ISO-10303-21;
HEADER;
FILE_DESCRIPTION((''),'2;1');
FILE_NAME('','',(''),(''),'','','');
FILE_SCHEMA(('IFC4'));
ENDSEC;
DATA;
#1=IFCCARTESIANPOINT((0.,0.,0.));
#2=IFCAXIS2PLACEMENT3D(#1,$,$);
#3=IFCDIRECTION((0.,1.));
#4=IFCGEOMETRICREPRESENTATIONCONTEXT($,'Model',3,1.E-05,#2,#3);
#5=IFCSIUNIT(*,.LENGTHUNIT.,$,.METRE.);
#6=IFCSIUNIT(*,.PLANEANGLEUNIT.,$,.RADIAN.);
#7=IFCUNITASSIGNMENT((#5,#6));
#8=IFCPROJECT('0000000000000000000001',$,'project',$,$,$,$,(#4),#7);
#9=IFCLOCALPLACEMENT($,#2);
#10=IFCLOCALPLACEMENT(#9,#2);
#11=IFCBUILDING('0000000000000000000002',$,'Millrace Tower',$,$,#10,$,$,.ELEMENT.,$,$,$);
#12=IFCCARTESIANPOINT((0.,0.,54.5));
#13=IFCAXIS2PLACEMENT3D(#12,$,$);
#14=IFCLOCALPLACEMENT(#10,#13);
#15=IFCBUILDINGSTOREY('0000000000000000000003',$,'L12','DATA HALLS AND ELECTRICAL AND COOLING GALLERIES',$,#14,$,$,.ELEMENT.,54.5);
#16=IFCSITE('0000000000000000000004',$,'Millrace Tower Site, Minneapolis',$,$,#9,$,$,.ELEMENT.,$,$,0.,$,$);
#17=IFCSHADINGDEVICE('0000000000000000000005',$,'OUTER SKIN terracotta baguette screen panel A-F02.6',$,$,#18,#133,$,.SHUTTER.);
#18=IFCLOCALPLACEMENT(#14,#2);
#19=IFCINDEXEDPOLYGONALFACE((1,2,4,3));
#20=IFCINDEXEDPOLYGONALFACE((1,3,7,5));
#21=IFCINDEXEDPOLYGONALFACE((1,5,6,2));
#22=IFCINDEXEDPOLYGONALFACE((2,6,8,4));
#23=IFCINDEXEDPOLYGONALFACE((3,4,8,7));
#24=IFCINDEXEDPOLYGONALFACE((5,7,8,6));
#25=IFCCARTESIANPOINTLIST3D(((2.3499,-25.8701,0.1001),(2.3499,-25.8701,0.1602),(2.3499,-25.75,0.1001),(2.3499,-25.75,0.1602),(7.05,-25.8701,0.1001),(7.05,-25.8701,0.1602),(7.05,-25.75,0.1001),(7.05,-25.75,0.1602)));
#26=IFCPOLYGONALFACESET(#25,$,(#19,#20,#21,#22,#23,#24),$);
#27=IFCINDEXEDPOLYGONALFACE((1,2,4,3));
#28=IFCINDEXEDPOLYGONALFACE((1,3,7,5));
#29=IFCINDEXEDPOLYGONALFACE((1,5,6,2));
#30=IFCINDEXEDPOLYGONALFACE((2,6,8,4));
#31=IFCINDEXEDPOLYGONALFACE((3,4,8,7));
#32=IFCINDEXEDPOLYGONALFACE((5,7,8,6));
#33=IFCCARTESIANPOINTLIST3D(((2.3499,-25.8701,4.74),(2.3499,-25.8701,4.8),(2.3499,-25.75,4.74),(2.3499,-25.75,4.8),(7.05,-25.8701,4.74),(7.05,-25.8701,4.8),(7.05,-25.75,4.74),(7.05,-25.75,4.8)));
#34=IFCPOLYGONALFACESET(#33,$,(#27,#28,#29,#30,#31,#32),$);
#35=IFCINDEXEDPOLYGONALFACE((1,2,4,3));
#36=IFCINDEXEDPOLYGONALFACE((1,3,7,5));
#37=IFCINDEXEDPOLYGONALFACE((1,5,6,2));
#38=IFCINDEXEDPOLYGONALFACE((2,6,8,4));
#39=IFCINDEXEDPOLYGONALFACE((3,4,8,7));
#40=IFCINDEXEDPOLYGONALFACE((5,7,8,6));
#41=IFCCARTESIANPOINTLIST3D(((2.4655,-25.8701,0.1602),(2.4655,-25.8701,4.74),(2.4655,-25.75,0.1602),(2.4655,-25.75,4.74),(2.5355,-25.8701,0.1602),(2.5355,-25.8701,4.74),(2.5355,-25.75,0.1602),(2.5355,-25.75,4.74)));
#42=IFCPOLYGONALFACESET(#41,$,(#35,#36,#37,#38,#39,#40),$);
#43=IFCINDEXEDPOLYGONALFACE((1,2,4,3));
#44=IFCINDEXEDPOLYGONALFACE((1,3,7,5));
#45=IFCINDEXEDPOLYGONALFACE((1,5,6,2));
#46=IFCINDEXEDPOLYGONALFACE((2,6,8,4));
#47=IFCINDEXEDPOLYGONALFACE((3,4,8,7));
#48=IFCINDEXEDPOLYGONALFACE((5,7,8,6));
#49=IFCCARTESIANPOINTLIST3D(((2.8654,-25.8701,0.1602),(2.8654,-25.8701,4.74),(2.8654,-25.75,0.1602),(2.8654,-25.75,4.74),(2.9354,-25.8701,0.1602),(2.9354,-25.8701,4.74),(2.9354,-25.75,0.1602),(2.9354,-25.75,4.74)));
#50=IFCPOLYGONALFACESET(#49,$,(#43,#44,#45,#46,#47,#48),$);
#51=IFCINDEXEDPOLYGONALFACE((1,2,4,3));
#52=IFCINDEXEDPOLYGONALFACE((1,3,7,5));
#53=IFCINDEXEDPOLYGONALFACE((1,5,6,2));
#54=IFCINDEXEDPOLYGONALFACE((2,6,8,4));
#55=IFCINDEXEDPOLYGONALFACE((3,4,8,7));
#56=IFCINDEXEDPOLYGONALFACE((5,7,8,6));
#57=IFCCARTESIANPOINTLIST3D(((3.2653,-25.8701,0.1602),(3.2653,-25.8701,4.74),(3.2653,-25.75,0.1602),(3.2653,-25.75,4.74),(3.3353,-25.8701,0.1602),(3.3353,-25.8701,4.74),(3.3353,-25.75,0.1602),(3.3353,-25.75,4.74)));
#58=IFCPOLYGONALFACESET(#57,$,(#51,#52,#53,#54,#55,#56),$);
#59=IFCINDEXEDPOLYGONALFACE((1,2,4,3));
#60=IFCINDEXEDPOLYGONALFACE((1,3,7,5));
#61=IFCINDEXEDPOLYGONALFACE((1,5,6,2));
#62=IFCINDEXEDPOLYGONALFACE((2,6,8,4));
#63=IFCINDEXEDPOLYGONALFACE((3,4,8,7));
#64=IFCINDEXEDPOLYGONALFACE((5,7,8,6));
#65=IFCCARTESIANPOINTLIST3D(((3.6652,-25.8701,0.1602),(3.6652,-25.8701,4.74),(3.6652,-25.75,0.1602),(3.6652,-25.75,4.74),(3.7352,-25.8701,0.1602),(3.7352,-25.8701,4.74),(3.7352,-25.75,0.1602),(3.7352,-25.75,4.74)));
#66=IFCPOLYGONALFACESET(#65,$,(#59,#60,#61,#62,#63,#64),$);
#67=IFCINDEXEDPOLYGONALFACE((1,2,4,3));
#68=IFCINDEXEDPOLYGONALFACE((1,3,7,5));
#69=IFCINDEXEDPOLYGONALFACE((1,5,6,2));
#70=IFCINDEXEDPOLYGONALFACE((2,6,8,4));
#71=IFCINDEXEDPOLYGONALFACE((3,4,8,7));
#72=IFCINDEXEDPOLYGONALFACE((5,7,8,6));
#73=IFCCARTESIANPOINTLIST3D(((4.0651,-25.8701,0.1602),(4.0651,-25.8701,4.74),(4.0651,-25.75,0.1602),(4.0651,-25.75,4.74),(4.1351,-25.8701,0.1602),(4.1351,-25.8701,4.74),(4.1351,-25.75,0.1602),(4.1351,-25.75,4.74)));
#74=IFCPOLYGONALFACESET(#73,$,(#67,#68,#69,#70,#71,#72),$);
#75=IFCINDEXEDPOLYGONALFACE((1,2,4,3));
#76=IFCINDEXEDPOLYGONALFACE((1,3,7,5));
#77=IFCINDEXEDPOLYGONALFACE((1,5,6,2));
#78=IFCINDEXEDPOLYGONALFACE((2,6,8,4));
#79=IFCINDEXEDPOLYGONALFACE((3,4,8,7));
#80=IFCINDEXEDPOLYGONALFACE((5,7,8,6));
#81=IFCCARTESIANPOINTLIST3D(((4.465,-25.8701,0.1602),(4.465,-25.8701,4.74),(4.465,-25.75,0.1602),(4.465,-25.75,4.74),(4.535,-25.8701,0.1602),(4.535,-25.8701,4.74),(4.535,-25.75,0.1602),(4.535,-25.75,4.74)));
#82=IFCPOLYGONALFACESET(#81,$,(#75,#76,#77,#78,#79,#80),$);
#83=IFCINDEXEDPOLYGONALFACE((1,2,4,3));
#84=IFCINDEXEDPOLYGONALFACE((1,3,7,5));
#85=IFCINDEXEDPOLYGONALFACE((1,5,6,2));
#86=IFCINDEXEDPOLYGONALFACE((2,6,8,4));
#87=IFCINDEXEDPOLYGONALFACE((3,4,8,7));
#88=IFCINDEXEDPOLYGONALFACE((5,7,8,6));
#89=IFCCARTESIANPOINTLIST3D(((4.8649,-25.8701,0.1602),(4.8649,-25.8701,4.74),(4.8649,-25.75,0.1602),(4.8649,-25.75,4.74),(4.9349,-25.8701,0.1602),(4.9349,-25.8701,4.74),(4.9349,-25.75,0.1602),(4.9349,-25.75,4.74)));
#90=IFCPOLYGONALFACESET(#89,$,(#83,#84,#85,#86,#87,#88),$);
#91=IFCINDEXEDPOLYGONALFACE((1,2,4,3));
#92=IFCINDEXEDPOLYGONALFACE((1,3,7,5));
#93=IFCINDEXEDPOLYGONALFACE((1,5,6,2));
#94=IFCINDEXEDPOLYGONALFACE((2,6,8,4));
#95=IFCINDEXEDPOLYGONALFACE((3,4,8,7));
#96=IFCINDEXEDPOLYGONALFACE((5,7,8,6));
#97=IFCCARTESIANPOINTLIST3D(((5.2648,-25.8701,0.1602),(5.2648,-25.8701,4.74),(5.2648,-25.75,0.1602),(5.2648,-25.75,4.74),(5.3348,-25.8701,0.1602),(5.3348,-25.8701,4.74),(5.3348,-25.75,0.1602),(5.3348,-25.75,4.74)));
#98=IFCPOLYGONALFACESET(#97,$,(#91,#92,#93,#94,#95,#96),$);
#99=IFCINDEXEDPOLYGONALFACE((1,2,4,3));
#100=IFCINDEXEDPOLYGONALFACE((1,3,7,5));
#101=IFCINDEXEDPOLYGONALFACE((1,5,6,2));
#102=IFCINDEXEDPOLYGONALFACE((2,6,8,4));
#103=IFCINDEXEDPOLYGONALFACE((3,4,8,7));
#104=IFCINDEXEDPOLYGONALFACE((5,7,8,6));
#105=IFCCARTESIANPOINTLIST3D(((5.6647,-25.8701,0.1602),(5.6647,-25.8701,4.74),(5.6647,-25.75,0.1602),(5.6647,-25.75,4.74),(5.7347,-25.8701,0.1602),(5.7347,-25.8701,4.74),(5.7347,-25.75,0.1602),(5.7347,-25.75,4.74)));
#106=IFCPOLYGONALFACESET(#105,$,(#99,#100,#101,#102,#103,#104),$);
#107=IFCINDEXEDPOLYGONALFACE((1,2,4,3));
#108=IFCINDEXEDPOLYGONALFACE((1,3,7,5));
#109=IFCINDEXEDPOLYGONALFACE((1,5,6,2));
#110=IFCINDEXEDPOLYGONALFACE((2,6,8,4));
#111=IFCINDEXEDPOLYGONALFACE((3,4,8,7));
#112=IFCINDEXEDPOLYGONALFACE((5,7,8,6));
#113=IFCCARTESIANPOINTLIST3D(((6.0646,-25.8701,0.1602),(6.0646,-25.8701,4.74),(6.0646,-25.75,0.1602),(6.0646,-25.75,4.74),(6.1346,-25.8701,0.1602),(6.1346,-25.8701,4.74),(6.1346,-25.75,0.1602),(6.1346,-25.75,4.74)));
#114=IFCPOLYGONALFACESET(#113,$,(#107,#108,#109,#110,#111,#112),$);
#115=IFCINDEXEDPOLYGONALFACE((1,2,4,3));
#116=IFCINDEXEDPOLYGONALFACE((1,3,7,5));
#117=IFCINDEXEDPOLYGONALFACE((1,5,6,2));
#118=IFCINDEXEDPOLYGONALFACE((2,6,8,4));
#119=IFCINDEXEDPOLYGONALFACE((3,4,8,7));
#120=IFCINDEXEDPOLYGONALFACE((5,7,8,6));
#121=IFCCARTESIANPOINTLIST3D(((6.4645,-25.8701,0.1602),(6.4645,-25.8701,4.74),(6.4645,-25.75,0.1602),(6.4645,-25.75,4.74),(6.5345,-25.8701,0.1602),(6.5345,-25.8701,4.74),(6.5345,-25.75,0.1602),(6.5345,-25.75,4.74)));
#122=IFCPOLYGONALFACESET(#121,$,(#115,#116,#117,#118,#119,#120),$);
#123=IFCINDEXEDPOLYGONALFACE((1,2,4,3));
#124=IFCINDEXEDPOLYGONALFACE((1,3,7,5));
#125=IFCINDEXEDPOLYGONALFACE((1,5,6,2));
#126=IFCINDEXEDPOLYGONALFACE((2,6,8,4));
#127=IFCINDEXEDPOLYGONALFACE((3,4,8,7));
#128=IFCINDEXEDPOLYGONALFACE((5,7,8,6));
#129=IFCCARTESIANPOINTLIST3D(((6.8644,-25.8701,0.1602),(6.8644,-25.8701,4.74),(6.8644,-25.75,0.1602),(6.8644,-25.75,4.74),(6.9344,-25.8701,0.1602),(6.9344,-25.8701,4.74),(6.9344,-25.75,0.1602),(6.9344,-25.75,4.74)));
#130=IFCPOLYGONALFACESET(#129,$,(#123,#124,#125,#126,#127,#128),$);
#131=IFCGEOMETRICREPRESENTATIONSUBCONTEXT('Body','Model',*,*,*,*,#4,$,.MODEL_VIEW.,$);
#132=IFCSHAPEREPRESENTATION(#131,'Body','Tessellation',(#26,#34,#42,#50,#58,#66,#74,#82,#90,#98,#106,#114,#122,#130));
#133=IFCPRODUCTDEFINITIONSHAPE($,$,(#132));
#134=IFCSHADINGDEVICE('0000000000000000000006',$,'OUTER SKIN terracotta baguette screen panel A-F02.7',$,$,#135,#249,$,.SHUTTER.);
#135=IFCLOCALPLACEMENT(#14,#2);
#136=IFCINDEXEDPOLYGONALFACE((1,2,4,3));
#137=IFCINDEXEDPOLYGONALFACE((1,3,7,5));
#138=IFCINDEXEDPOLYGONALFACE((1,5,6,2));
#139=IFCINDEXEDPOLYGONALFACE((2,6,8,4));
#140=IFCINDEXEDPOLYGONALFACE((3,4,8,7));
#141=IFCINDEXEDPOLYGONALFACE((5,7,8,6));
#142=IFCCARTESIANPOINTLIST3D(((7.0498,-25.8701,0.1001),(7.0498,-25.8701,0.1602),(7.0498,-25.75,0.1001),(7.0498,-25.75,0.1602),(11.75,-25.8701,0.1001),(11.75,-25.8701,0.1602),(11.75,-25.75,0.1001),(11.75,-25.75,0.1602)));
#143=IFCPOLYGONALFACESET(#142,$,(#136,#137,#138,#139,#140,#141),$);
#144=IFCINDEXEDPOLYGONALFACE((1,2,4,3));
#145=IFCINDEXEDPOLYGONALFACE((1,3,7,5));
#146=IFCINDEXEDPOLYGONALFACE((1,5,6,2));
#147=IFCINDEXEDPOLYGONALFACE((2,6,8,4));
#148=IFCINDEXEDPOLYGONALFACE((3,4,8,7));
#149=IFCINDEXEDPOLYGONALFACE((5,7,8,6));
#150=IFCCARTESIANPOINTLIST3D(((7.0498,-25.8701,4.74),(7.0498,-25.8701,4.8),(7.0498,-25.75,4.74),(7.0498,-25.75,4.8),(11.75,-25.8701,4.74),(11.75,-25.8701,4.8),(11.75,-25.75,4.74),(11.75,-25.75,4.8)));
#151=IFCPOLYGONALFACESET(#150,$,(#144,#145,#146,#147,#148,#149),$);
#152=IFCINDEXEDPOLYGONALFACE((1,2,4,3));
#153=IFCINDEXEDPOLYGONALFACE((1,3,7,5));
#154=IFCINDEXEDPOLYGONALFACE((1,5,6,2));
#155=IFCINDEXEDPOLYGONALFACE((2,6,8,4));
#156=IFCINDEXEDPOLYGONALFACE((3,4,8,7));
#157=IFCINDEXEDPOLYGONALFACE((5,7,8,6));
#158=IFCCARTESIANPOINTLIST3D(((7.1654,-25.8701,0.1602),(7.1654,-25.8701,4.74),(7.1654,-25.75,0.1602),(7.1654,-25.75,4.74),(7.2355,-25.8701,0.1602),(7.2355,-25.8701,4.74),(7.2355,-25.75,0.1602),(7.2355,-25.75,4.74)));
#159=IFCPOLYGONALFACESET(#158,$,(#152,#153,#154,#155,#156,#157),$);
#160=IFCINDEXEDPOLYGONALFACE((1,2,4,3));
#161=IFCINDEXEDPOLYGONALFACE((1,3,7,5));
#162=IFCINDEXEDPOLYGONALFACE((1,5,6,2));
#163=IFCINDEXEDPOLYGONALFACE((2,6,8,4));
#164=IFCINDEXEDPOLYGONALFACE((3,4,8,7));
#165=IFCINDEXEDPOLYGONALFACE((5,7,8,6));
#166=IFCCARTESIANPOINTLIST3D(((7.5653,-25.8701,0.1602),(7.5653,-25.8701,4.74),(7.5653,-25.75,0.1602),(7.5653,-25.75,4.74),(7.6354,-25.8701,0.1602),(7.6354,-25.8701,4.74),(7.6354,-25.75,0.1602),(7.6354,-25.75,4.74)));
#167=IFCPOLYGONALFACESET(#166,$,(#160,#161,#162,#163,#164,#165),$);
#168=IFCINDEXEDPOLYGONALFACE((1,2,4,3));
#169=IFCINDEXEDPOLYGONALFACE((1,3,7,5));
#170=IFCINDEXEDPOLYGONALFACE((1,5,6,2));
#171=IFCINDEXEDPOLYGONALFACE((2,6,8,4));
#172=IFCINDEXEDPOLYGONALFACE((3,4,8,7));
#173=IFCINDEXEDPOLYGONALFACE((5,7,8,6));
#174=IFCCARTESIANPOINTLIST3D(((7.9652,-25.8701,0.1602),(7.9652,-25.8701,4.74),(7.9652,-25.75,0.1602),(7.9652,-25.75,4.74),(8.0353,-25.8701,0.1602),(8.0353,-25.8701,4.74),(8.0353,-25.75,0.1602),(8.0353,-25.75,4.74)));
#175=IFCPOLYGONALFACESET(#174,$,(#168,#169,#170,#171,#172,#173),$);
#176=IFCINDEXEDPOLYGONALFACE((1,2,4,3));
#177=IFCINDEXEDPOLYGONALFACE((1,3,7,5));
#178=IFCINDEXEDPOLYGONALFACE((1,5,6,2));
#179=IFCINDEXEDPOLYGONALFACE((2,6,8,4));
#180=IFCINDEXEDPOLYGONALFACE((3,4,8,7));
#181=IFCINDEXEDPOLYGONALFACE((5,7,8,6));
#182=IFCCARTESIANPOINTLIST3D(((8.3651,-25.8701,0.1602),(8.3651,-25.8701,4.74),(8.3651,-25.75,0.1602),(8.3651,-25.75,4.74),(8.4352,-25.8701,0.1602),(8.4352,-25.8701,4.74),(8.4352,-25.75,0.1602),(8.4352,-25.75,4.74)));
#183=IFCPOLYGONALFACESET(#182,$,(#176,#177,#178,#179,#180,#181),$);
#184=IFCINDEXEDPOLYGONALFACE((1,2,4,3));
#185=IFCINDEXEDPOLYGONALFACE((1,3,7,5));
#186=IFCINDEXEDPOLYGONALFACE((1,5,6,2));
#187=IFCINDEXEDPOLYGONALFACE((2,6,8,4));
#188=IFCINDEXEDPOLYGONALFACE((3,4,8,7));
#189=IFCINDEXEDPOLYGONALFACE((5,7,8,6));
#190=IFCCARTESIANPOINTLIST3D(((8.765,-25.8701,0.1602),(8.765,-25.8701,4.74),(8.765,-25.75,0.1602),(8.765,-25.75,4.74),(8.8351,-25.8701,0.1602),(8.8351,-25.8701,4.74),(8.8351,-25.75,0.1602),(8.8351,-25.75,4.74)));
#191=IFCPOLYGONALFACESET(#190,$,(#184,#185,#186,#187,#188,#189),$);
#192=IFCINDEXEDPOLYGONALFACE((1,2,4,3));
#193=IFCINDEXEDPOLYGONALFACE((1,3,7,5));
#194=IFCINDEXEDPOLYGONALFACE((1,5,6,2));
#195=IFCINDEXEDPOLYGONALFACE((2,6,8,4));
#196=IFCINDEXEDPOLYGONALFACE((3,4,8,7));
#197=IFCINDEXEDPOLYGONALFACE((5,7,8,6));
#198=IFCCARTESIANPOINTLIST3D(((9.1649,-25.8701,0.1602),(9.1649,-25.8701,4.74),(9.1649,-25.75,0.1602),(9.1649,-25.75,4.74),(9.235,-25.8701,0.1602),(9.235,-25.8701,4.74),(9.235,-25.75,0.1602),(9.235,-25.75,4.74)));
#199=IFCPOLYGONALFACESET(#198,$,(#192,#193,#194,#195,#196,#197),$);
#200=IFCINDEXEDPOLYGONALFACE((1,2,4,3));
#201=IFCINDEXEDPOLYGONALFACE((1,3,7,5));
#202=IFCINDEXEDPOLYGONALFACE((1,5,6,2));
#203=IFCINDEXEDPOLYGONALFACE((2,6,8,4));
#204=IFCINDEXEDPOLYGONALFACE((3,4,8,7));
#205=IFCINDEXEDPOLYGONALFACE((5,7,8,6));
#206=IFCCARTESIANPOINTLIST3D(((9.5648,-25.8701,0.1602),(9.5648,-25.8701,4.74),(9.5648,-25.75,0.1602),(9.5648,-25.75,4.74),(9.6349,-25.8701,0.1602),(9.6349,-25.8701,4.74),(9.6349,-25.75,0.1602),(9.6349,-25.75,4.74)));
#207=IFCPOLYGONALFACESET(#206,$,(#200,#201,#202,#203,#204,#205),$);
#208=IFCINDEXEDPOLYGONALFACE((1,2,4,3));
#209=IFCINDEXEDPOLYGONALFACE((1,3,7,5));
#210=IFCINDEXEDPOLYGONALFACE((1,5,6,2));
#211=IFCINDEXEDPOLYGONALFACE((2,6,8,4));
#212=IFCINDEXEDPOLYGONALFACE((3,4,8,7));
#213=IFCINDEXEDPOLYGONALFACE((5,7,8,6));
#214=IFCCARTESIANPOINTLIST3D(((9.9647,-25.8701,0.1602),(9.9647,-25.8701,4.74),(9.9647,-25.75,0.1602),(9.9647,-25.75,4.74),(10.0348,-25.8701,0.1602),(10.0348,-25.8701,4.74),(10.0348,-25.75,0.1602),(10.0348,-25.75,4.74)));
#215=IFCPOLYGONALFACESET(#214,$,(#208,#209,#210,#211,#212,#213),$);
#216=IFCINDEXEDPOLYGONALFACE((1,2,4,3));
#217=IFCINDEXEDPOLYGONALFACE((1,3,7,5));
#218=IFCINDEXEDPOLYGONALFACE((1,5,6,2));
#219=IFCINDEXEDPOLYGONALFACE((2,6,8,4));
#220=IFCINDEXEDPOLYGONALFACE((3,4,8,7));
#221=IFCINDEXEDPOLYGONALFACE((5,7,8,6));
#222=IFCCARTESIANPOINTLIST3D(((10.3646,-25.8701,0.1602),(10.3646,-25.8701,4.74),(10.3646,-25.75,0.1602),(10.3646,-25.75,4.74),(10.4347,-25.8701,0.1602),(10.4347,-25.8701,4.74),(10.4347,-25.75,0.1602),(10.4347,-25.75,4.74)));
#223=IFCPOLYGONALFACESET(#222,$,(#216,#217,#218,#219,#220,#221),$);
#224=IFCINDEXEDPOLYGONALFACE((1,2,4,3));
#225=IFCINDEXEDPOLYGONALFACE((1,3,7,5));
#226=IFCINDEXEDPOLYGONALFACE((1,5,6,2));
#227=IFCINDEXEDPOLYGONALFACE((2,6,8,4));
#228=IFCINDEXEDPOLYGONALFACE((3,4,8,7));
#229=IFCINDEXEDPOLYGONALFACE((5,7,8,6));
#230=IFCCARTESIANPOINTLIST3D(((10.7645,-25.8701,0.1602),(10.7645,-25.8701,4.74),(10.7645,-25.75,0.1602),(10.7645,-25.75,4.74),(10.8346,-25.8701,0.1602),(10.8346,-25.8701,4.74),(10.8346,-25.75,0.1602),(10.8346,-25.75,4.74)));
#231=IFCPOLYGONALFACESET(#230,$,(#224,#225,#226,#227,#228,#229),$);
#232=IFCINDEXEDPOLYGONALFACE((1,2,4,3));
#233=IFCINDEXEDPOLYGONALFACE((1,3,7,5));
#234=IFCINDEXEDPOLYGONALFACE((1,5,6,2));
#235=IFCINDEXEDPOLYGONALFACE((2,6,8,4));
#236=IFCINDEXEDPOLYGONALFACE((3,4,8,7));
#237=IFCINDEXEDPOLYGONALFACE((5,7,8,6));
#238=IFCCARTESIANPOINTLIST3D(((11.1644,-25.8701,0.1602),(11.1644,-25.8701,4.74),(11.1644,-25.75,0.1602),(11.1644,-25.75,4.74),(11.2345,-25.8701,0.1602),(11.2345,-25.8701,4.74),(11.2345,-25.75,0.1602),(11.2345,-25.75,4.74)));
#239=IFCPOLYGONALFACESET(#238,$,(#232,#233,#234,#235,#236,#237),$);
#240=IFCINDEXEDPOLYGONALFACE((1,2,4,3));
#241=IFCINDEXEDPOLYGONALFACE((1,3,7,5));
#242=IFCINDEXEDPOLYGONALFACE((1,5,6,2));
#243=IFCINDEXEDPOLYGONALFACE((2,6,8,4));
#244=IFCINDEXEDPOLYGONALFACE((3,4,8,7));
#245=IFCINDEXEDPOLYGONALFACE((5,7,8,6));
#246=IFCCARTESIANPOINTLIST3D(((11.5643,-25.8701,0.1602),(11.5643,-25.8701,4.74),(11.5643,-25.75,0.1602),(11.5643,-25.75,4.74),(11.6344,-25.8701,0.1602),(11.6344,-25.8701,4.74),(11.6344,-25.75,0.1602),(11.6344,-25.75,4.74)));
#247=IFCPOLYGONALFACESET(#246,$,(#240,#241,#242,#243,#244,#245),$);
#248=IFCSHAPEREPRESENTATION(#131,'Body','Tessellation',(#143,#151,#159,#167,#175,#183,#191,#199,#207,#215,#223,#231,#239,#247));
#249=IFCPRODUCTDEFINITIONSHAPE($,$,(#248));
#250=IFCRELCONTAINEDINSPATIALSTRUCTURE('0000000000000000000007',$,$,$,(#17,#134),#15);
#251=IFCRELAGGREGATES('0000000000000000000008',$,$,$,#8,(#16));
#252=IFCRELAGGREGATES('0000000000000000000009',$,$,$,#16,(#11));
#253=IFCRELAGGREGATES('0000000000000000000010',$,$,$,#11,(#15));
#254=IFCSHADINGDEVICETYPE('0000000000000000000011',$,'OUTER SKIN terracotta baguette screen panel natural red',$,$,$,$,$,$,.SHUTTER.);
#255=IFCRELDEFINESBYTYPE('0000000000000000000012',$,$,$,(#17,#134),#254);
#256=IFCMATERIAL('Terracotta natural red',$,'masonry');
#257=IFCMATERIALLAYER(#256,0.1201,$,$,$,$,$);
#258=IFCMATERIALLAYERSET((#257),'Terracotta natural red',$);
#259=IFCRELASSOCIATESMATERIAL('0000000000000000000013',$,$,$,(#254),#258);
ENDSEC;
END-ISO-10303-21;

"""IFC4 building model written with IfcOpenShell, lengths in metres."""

from ifc_helpers import new_model, entity, si_unit, direction, frame, frame_2d, origin, place, context, subcontext, project, spatial, rectangle, extrude, source, transform, mapped, material, layer, layer_set, type_object, element, save


model = new_model("IFC4")

# Units and contexts
model_context = context("Model", 3, precision=1e-05, world=origin(), true_north=direction((0.0, 1.0)))
body_context = subcontext(model_context, "Body", "Model", "MODEL_VIEW")
ifc_project = project(units=[si_unit("LENGTHUNIT", "METRE"), si_unit("PLANEANGLEUNIT", "RADIAN")], contexts=[model_context])

# Site, building, storey
site_placement = place(None, origin())
site = spatial("IfcSite", under=ifc_project, at=site_placement, Name="Millrace Tower Site, Minneapolis", CompositionType="ELEMENT", RefElevation=0.0)
building_placement = place(site_placement, origin())
building = spatial("IfcBuilding", under=site, at=building_placement, Name="Millrace Tower", CompositionType="ELEMENT")
storey_placement = place(building_placement, frame((0.0, 0.0, 54.5)))
storey = spatial("IfcBuildingStorey", under=building, at=storey_placement, Name="L12", Description="DATA HALLS AND ELECTRICAL AND COOLING GALLERIES", CompositionType="ELEMENT", Elevation=54.5)

# Shading devices
ifc_material_1 = material(Name="Terracotta natural red", Category="masonry")
ifc_layer_1 = layer(ifc_material_1, 0.1201)
ifc_layer_set_1 = layer_set([ifc_layer_1], Name="Terracotta natural red")
shading_device_type = type_object("IfcShadingDeviceType", Name="OUTER SKIN terracotta baguette screen panel natural red", PredefinedType="SHUTTER", material=ifc_layer_set_1)
cartesian_point = entity("IfcCartesianPoint", [-2.3501, 0.0601])
shared_polyline = entity("IfcPolyline", [cartesian_point, entity("IfcCartesianPoint", [2.3501, 0.0601]), entity("IfcCartesianPoint", [2.3501, -0.0601]), entity("IfcCartesianPoint", [-2.3501, -0.0601]), cartesian_point])
shared_shape = source(origin(), body_context, "Body", "SweptSolid", [
    entity("IfcExtrudedAreaSolid", entity("IfcArbitraryClosedProfileDef", "AREA", None, shared_polyline), entity("IfcAxis2Placement3D", entity("IfcCartesianPoint", [0.0, 0.0, 0.0])), entity("IfcDirection", [0.0, 0.0, 1.0]), 0.0601),
    entity("IfcExtrudedAreaSolid", entity("IfcArbitraryClosedProfileDef", "AREA", None, shared_polyline), entity("IfcAxis2Placement3D", entity("IfcCartesianPoint", [0.0, 0.0, 4.6399])), entity("IfcDirection", [0.0, 0.0, 1.0]), 0.0601),
    extrude(rectangle(XDim=0.0701, YDim=0.1201, at=frame_2d((-2.1995, 0.0))), frame((0.0, 0.0, 0.0601)), (0.0, 0.0, 1.0), 4.5798),
    extrude(rectangle(XDim=0.0701, YDim=0.1201, at=frame_2d((-1.7996, 0.0))), frame((0.0, 0.0, 0.0601)), (0.0, 0.0, 1.0), 4.5798),
    extrude(rectangle(XDim=0.0701, YDim=0.1201, at=frame_2d((-1.3997, 0.0))), frame((0.0, 0.0, 0.0601)), (0.0, 0.0, 1.0), 4.5798),
    extrude(rectangle(XDim=0.0701, YDim=0.1201, at=frame_2d((-0.9998, 0.0))), frame((0.0, 0.0, 0.0601)), (0.0, 0.0, 1.0), 4.5798),
    extrude(rectangle(XDim=0.0701, YDim=0.1201, at=frame_2d((-0.5999, 0.0))), frame((0.0, 0.0, 0.0601)), (0.0, 0.0, 1.0), 4.5798),
    extrude(rectangle(XDim=0.0701, YDim=0.1201, at=frame_2d((-0.2, 0.0))), frame((0.0, 0.0, 0.0601)), (0.0, 0.0, 1.0), 4.5798),
    extrude(rectangle(XDim=0.0701, YDim=0.1201, at=frame_2d((0.2, 0.0))), frame((0.0, 0.0, 0.0601)), (0.0, 0.0, 1.0), 4.5798),
    extrude(rectangle(XDim=0.0701, YDim=0.1201, at=frame_2d((0.5999, 0.0))), frame((0.0, 0.0, 0.0601)), (0.0, 0.0, 1.0), 4.5798),
    extrude(rectangle(XDim=0.0701, YDim=0.1201, at=frame_2d((0.9998, 0.0))), frame((0.0, 0.0, 0.0601)), (0.0, 0.0, 1.0), 4.5798),
    extrude(rectangle(XDim=0.0701, YDim=0.1201, at=frame_2d((1.3997, 0.0))), frame((0.0, 0.0, 0.0601)), (0.0, 0.0, 1.0), 4.5798),
    extrude(rectangle(XDim=0.0701, YDim=0.1201, at=frame_2d((1.7996, 0.0))), frame((0.0, 0.0, 0.0601)), (0.0, 0.0, 1.0), 4.5798),
    extrude(rectangle(XDim=0.0701, YDim=0.1201, at=frame_2d((2.1995, 0.0))), frame((0.0, 0.0, 0.0601)), (0.0, 0.0, 1.0), 4.5798),
])
for number, where, z_axis, x_axis, name in (
    (1, (4.7, -25.8101, 0.1001), (0.0, 0.0, 1.0), (1.0, 0.0, 0.0), "OUTER SKIN terracotta baguette screen panel A-F02.6"),
    (2, (9.3999, -25.8101, 0.1001), (0.0, 0.0, 1.0), (1.0, 0.0, 0.0), "OUTER SKIN terracotta baguette screen panel A-F02.7"),
):
    element("IfcShadingDevice", number, at=place(storey_placement, frame(where, z_axis=z_axis, x_axis=x_axis)), inside=storey, type_object=shading_device_type, Name=name, PredefinedType="SHUTTER", context=body_context, shape_type="MappedRepresentation", body=[
        mapped(shared_shape, transform((0.0, 0.0, 0.0), scale=1.0)),
    ])

save(model, "model.ifc")
